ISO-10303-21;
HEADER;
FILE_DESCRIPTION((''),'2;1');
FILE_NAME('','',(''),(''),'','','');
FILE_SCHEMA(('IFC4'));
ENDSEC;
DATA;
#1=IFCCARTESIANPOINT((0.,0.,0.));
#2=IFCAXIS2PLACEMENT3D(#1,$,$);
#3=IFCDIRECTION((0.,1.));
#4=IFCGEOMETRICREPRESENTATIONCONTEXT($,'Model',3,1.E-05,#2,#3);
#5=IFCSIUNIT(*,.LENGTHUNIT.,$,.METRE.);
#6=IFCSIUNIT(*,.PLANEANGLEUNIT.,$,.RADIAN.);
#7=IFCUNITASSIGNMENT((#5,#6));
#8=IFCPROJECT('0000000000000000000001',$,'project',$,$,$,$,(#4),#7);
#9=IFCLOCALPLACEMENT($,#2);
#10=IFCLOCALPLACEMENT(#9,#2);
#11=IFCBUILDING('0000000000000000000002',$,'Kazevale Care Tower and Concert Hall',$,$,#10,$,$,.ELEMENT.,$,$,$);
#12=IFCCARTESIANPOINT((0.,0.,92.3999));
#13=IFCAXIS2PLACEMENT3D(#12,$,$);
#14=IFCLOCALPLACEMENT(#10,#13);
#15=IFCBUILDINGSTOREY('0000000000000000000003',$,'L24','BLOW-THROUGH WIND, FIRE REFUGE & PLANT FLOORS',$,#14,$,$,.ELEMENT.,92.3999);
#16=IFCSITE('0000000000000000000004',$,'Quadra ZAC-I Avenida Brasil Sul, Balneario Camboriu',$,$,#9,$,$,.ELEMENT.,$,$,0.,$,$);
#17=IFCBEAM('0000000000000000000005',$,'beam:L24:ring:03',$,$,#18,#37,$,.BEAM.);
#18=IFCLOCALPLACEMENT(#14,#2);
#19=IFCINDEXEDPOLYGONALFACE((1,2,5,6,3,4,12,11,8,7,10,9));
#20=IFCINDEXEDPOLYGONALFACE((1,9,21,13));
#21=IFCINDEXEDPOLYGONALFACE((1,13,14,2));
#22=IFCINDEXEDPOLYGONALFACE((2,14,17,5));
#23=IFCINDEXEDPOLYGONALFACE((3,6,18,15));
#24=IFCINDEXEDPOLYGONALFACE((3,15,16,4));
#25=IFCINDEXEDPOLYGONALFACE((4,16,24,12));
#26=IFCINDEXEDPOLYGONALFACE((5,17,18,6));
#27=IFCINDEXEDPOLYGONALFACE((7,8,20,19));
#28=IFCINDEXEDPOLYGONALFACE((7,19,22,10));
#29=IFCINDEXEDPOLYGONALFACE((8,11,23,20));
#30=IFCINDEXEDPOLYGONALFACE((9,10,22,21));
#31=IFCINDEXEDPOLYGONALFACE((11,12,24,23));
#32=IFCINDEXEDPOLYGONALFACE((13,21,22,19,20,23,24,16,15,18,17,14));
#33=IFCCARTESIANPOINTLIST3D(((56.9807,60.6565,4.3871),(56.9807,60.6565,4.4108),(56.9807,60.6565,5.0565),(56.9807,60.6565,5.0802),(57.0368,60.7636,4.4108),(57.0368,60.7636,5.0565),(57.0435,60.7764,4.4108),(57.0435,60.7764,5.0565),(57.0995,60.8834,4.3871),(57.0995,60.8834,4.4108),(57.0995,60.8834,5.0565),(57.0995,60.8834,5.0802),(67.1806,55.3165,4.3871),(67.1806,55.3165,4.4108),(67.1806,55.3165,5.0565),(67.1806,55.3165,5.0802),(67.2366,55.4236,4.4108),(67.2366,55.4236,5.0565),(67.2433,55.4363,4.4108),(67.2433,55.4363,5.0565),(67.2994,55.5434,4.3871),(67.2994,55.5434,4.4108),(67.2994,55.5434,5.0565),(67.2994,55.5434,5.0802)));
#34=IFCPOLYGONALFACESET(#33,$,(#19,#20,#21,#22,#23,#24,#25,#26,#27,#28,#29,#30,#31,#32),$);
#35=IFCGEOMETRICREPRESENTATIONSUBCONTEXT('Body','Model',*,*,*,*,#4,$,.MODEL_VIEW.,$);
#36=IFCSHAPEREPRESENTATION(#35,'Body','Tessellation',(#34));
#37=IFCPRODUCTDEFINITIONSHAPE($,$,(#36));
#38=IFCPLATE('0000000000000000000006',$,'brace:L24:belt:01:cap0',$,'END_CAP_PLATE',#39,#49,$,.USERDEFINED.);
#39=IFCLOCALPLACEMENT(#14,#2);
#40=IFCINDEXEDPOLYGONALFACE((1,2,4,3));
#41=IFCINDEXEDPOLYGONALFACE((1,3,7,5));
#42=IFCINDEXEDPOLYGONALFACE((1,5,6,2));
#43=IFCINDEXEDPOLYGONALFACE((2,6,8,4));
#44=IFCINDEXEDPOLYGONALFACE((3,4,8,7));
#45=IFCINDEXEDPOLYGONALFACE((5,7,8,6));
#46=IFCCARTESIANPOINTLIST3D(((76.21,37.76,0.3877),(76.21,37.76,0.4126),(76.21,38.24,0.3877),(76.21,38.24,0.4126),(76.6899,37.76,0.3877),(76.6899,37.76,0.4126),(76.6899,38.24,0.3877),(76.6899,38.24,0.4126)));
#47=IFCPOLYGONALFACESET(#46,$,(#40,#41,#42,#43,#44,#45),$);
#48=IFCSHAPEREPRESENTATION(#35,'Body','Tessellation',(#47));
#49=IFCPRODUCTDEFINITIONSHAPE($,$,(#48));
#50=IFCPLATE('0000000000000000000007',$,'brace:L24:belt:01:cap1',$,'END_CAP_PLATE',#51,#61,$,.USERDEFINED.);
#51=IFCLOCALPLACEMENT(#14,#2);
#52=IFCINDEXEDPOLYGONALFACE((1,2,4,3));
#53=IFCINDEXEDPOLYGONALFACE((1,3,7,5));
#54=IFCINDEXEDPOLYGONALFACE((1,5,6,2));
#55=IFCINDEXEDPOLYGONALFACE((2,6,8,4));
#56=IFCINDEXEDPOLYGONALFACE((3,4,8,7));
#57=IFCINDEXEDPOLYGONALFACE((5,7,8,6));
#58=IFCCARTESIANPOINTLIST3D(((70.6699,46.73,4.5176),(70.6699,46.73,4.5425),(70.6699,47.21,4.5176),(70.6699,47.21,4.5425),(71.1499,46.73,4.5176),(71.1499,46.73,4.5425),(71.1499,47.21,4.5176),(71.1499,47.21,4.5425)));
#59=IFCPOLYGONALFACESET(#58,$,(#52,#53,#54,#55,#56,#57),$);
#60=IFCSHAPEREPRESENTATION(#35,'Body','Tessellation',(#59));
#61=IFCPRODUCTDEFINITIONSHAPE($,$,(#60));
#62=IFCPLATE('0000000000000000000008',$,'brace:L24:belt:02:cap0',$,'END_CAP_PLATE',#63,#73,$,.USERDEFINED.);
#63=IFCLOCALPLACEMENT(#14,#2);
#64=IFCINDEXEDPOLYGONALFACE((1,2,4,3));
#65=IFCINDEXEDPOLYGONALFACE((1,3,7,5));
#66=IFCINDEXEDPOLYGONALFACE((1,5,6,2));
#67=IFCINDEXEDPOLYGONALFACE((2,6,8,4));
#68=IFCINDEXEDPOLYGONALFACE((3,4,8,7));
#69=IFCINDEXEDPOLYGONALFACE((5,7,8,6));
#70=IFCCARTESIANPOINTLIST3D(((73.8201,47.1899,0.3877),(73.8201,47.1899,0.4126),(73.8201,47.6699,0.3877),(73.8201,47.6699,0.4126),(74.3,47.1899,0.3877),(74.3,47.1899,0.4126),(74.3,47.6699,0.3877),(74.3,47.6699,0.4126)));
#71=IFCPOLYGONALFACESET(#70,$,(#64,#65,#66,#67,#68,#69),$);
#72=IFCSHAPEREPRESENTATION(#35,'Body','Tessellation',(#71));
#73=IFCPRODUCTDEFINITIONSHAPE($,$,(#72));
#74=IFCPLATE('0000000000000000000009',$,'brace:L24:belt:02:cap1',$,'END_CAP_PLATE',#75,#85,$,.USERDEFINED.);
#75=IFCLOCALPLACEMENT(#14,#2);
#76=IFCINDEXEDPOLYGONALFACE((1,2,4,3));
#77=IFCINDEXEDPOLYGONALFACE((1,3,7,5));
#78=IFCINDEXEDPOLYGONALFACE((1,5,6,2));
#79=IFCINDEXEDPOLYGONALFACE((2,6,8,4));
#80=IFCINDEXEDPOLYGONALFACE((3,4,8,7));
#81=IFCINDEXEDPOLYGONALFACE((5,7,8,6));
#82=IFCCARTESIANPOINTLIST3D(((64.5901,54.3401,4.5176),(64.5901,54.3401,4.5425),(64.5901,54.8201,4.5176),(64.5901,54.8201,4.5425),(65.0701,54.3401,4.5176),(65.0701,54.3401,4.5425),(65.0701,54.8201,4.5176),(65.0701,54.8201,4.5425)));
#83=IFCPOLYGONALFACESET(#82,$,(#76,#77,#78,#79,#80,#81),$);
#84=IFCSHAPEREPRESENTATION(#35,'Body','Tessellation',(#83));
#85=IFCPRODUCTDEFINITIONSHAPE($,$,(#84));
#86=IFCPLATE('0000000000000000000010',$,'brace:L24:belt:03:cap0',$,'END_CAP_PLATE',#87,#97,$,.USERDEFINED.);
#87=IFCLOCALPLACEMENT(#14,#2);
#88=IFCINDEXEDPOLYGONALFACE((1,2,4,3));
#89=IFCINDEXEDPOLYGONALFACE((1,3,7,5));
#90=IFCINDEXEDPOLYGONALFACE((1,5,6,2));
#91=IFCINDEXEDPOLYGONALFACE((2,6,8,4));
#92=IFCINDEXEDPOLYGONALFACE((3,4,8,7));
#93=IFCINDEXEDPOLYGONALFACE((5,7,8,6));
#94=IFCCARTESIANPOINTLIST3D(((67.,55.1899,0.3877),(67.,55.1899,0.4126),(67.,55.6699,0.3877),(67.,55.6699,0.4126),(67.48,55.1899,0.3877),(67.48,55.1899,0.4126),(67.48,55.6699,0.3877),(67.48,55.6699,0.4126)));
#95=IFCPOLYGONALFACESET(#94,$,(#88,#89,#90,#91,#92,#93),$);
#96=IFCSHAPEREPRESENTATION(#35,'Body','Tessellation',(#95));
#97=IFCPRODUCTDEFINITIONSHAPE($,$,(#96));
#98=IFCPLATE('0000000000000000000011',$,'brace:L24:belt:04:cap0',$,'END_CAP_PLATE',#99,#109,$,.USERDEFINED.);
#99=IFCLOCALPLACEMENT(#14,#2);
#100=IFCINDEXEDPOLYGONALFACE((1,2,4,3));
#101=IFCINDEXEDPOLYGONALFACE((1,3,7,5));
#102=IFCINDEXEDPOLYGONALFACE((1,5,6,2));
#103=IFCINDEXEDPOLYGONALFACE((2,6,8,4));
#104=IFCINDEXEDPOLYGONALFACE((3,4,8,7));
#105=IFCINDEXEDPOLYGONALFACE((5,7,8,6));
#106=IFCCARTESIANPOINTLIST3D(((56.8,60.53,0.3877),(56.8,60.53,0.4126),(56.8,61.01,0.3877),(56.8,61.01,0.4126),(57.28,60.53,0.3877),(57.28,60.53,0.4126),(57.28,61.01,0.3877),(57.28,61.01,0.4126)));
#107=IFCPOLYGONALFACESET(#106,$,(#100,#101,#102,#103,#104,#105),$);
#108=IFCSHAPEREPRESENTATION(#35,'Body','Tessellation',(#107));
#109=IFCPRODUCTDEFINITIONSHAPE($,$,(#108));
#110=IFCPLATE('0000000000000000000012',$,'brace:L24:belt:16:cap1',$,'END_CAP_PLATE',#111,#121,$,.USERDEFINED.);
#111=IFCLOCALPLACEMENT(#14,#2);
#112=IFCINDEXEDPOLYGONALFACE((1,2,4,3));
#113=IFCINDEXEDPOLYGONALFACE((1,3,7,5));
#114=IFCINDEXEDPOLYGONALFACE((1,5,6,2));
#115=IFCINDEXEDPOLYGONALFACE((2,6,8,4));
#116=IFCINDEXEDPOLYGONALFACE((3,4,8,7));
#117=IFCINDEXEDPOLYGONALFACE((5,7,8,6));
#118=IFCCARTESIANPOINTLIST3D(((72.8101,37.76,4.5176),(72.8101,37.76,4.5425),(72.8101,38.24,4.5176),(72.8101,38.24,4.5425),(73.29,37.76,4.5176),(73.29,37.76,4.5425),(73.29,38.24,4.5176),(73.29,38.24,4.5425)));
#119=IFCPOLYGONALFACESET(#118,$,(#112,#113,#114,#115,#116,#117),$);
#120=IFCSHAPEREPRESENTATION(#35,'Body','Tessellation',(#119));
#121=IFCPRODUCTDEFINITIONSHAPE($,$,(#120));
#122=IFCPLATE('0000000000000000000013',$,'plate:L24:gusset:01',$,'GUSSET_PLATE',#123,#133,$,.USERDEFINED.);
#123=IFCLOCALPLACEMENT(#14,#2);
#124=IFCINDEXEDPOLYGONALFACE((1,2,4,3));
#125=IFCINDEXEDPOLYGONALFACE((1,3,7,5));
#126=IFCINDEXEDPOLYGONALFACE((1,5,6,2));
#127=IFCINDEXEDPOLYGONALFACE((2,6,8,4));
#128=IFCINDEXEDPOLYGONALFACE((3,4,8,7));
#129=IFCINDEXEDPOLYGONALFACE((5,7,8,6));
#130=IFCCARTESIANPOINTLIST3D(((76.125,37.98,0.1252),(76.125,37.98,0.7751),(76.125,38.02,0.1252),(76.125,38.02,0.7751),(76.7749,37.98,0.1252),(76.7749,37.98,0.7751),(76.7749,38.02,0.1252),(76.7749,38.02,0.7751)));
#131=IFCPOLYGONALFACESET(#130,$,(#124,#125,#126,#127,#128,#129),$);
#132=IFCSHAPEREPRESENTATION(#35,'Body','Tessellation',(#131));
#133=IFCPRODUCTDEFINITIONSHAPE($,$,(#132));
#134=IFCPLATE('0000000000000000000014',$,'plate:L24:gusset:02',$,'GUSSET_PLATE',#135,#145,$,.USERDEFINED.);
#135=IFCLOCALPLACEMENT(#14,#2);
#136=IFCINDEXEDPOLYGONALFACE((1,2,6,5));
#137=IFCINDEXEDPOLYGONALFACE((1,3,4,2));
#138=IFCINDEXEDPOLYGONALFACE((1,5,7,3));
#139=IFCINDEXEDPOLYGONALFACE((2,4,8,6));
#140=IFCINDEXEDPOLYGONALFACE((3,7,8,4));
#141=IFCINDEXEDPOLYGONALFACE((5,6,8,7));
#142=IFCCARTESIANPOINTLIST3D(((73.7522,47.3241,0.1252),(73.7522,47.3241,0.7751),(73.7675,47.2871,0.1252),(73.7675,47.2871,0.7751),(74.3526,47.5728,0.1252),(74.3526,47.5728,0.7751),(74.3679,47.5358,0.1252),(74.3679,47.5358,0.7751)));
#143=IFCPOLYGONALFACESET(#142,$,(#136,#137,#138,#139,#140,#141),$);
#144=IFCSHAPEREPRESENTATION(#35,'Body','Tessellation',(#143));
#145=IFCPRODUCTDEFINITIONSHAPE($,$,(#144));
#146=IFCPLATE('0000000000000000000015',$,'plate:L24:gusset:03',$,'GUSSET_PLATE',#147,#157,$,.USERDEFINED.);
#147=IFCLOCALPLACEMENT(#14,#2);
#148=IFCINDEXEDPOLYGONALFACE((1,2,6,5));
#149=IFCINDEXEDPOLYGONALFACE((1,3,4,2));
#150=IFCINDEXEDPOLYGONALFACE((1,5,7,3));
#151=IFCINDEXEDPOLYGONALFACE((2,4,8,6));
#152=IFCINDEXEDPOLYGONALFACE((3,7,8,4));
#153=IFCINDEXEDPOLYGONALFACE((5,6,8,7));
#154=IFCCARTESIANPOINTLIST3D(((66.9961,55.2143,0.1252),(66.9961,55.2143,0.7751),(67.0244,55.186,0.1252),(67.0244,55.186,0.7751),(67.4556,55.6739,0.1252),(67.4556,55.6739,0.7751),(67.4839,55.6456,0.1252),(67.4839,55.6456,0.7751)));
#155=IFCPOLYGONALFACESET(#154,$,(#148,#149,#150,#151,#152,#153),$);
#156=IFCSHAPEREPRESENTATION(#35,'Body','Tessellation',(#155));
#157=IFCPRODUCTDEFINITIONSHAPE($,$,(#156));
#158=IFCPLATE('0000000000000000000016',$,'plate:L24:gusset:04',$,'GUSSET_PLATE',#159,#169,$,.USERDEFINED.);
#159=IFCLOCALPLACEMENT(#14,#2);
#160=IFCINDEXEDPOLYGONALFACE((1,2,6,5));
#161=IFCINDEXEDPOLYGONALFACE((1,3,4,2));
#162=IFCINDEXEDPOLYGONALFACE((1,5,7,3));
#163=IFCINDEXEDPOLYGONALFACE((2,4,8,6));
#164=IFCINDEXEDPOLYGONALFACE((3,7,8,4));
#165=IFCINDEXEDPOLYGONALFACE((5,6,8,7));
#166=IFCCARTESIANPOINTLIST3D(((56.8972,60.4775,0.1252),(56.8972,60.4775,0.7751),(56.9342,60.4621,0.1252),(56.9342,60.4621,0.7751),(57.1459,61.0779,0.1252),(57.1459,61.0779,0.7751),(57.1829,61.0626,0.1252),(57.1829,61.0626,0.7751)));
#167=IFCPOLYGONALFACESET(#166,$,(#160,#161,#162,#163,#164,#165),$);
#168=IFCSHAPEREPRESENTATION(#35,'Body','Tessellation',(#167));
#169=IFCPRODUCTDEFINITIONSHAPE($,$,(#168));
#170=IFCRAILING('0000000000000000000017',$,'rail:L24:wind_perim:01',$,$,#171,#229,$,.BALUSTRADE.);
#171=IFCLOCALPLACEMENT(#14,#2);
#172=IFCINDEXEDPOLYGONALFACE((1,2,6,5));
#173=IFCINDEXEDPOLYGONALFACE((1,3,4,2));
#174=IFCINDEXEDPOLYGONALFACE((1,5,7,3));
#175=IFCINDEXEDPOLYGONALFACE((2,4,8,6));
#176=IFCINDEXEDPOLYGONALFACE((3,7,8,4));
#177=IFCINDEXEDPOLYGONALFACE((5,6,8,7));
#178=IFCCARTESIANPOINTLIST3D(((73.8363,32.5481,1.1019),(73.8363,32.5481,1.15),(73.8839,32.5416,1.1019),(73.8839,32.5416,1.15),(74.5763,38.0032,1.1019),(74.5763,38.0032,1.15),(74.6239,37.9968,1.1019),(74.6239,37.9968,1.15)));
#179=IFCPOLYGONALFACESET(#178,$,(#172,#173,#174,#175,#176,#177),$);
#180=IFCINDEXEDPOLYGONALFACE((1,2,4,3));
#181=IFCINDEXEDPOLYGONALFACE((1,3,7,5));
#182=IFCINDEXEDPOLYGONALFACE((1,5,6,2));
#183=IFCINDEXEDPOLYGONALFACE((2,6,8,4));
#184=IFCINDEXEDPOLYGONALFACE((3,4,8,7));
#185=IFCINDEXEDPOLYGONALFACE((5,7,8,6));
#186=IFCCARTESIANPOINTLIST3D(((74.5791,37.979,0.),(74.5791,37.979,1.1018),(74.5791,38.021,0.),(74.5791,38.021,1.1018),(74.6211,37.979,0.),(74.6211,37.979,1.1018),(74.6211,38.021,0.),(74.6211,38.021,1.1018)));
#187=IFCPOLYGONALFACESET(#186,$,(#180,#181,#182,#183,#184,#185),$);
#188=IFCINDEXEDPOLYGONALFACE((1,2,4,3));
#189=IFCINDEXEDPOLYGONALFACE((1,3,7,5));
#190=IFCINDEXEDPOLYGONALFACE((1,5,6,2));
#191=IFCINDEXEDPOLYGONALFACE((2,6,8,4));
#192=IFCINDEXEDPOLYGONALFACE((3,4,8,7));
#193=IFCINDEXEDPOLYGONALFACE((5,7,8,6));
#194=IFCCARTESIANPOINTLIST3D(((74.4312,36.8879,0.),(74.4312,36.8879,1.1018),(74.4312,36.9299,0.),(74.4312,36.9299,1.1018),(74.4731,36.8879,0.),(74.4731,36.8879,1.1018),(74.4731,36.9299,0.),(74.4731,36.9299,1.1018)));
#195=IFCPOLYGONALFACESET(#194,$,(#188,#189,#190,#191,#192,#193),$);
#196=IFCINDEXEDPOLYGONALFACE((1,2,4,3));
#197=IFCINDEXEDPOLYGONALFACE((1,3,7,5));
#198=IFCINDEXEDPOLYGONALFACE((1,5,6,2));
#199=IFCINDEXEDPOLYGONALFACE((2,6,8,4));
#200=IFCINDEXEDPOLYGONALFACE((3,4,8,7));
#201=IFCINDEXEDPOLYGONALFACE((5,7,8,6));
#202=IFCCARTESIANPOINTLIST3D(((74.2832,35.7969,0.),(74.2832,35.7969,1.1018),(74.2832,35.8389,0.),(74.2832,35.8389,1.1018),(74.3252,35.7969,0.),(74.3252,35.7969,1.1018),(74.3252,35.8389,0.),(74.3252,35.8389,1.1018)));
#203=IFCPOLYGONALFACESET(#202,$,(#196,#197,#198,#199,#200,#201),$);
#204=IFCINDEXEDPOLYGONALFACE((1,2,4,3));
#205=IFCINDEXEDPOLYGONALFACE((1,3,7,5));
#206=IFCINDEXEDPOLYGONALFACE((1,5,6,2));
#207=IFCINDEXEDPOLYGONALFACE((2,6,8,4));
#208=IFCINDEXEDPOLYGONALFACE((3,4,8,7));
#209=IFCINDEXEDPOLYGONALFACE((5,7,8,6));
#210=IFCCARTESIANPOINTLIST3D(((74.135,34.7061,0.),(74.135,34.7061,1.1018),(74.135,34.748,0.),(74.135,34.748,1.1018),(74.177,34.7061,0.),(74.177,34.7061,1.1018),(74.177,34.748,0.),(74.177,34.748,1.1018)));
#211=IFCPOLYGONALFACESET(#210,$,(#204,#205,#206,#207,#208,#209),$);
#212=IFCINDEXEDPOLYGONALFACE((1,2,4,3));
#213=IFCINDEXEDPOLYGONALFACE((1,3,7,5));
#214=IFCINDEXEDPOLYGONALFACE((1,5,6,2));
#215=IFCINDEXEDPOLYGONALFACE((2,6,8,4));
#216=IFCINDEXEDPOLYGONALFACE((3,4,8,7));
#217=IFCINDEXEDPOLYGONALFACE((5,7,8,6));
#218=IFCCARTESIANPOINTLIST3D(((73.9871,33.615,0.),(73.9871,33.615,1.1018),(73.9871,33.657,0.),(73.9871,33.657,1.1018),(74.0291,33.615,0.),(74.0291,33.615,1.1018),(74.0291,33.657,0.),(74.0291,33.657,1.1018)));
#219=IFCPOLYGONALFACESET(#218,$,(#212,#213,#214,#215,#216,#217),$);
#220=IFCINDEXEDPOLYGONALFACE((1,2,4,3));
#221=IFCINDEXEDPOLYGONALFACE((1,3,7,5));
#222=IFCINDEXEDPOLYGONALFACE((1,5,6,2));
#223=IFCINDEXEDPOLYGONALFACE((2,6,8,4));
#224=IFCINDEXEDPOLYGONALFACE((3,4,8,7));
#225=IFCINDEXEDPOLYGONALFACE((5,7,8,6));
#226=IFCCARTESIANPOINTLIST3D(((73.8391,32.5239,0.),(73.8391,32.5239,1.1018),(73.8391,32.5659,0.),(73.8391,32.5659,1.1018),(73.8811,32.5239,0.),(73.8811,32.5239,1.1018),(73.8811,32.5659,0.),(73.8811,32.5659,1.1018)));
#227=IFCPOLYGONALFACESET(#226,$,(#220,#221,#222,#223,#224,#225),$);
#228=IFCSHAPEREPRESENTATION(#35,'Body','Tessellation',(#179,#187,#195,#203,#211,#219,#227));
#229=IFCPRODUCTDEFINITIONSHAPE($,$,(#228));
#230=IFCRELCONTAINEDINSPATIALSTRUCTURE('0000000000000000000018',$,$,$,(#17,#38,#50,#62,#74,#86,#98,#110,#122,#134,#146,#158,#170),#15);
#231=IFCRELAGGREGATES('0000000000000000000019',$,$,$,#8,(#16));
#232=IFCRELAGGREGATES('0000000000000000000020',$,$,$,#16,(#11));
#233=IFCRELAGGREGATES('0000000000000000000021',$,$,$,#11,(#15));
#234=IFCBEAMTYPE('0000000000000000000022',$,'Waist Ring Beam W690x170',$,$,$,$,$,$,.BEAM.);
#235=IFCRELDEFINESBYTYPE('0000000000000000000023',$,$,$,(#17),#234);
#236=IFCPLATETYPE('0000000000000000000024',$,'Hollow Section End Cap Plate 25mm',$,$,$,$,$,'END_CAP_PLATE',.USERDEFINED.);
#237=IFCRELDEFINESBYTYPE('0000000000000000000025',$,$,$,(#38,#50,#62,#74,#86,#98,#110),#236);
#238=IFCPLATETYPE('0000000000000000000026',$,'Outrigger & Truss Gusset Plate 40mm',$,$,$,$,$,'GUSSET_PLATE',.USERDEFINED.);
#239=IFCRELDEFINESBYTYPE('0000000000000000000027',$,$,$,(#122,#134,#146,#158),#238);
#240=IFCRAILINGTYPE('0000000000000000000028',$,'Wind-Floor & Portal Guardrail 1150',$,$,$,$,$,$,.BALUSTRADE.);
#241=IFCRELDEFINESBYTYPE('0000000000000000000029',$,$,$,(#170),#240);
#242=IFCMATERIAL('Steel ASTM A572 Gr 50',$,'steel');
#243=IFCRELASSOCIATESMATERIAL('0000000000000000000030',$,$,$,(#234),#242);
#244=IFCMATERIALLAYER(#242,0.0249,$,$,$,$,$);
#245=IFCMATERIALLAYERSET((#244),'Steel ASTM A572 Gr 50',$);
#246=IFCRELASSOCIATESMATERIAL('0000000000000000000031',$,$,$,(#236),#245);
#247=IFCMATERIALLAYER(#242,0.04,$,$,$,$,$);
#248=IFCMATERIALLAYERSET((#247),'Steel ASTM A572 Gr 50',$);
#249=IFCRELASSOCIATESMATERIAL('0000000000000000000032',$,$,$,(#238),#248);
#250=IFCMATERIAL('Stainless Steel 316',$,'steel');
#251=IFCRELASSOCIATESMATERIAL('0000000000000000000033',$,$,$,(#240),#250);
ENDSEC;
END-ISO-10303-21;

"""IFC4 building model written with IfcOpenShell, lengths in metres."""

from ifc_helpers import new_model, si_unit, direction, frame, origin, origin_2d, place, context, subcontext, project, spatial, rectangle, i_section, extrude, material, layer, layer_set, material_profile, profile_set, type_object, element, save


model = new_model("IFC4")

# Units and contexts
model_context = context("Model", 3, precision=1e-05, world=origin(), true_north=direction((0.0, 1.0)))
body_context = subcontext(model_context, "Body", "Model", "MODEL_VIEW")
ifc_project = project(units=[si_unit("LENGTHUNIT", "METRE"), si_unit("PLANEANGLEUNIT", "RADIAN")], contexts=[model_context])

# Site, building, storey
site_placement = place(None, origin())
site = spatial("IfcSite", under=ifc_project, at=site_placement, Name="Quadra ZAC-I Avenida Brasil Sul, Balneario Camboriu", CompositionType="ELEMENT", RefElevation=0.0)
building_placement = place(site_placement, origin())
building = spatial("IfcBuilding", under=site, at=building_placement, Name="Kazevale Care Tower and Concert Hall", CompositionType="ELEMENT")
storey_placement = place(building_placement, frame((0.0, 0.0, 92.3999)))
storey = spatial("IfcBuildingStorey", under=building, at=storey_placement, Name="L24", Description="BLOW-THROUGH WIND, FIRE REFUGE & PLANT FLOORS", CompositionType="ELEMENT", Elevation=92.3999)

# Shared definitions
ifc_material_1 = material(Name="Steel ASTM A572 Gr 50", Category="steel")

# Beam
ifc_material_profile_1 = material_profile(ifc_material_1, i_section(OverallWidth=0.2561, OverallDepth=0.6931, WebThickness=0.0144, FlangeThickness=0.0237, at=origin_2d()), Name="W690x170")
ifc_profile_set_1 = profile_set([ifc_material_profile_1], Name="Steel ASTM A572 Gr 50")
beam_type_1 = type_object("IfcBeamType", Name="Waist Ring Beam W690x170", PredefinedType="BEAM", material=ifc_profile_set_1)
beam_1_placement = place(storey_placement, frame((67.24, 55.4299, 4.7336), z_axis=(-0.885929, 0.46382, 0.0), x_axis=(-0.46382, -0.885929, 0.0)))
element("IfcBeam", 1, at=beam_1_placement, inside=storey, type_object=beam_type_1, Name="beam:L24:ring:03", PredefinedType="BEAM", context=body_context, shape_type="SweptSolid", body=[
    extrude(i_section(OverallWidth=0.2561, OverallDepth=0.6931, WebThickness=0.0144, FlangeThickness=0.0237, at=origin_2d()), origin(), (0.0, 0.0, 1.0), 11.5132),
])

# Plates
ifc_layer_1 = layer(ifc_material_1, 0.0249)
ifc_layer_set_1 = layer_set([ifc_layer_1], Name="Steel ASTM A572 Gr 50")
plate_type_1 = type_object("IfcPlateType", Name="Hollow Section End Cap Plate 25mm", ElementType="END_CAP_PLATE", PredefinedType="USERDEFINED", material=ifc_layer_set_1)
for number, where, z_axis, x_axis, name in (
    (2, (76.45, 38.0, 0.3877), (0.0, 0.0, 1.0), (1.0, 0.0, 0.0), "brace:L24:belt:01:cap0"),
    (3, (70.9099, 46.97, 4.5176), (0.0, 0.0, 1.0), (1.0, 0.0, 0.0), "brace:L24:belt:01:cap1"),
    (4, (74.0601, 47.4299, 0.3877), (0.0, 0.0, 1.0), (1.0, 0.0, 0.0), "brace:L24:belt:02:cap0"),
    (5, (64.8301, 54.5801, 4.5176), (0.0, 0.0, 1.0), (1.0, 0.0, 0.0), "brace:L24:belt:02:cap1"),
    (6, (67.24, 55.4299, 0.3877), (0.0, 0.0, 1.0), (1.0, 0.0, 0.0), "brace:L24:belt:03:cap0"),
    (7, (57.04, 60.77, 0.3877), (0.0, 0.0, 1.0), (1.0, 0.0, 0.0), "brace:L24:belt:04:cap0"),
    (8, (73.05, 38.0, 4.5176), (0.0, 0.0, 1.0), (1.0, 0.0, 0.0), "brace:L24:belt:16:cap1"),
):
    element("IfcPlate", number, at=place(storey_placement, frame(where, z_axis=z_axis, x_axis=x_axis)), inside=storey, type_object=plate_type_1, Name=name, ObjectType="END_CAP_PLATE", PredefinedType="USERDEFINED", context=body_context, shape_type="SweptSolid", body=[
        extrude(rectangle(XDim=0.48, YDim=0.48, at=origin_2d()), origin(), (0.0, 0.0, 1.0), 0.0249),
    ])
ifc_layer_2 = layer(ifc_material_1, 0.04)
ifc_layer_set_2 = layer_set([ifc_layer_2], Name="Steel ASTM A572 Gr 50")
plate_type_2 = type_object("IfcPlateType", Name="Outrigger & Truss Gusset Plate 40mm", ElementType="GUSSET_PLATE", PredefinedType="USERDEFINED", material=ifc_layer_set_2)
for number, where, z_axis, x_axis, name in (
    (9, (76.45, 38.0, 0.1252), (0.0, 0.0, 1.0), (1.0, 0.0, 0.0), "plate:L24:gusset:01"),
    (10, (74.0601, 47.4299, 0.1252), (0.0, 0.0, 1.0), (0.92388, 0.382683, 0.0), "plate:L24:gusset:02"),
    (11, (67.24, 55.4299, 0.1252), (0.0, 0.0, 1.0), (0.707107, 0.707107, 0.0), "plate:L24:gusset:03"),
    (12, (57.04, 60.77, 0.1252), (0.0, 0.0, 1.0), (0.382683, 0.92388, 0.0), "plate:L24:gusset:04"),
):
    element("IfcPlate", number, at=place(storey_placement, frame(where, z_axis=z_axis, x_axis=x_axis)), inside=storey, type_object=plate_type_2, Name=name, ObjectType="GUSSET_PLATE", PredefinedType="USERDEFINED", context=body_context, shape_type="SweptSolid", body=[
        extrude(rectangle(XDim=0.6499, YDim=0.04, at=origin_2d()), origin(), (0.0, 0.0, 1.0), 0.6499),
    ])

# Railing
ifc_material_2 = material(Name="Stainless Steel 316", Category="steel")
railing_type = type_object("IfcRailingType", Name="Wind-Floor & Portal Guardrail 1150", PredefinedType="BALUSTRADE", material=ifc_material_2)
railing_1_placement = place(storey_placement, frame((74.6001, 38.0, 0.0)))
element("IfcRailing", 13, at=railing_1_placement, inside=storey, type_object=railing_type, Name="rail:L24:wind_perim:01", PredefinedType="BALUSTRADE", context=body_context, shape_type="SweptSolid", body=[
    extrude(rectangle(XDim=0.0481, YDim=0.0481, at=origin_2d()), frame((0.0, 0.0, 1.126), z_axis=(-0.134421, -0.990924, 0.0), x_axis=(0.990924, -0.134421, 0.0)), (0.0, 0.0, 1.0), 5.5051),
    extrude(rectangle(XDim=0.042, YDim=0.042, at=origin_2d()), origin(), (0.0, 0.0, 1.0), 1.1018),
    extrude(rectangle(XDim=0.042, YDim=0.042, at=origin_2d()), frame((-0.1479, -1.0911, 0.0)), (0.0, 0.0, 1.0), 1.1018),
    extrude(rectangle(XDim=0.042, YDim=0.042, at=origin_2d()), frame((-0.2959, -2.1821, 0.0)), (0.0, 0.0, 1.0), 1.1018),
    extrude(rectangle(XDim=0.042, YDim=0.042, at=origin_2d()), frame((-0.4441, -3.2729, 0.0)), (0.0, 0.0, 1.0), 1.1018),
    extrude(rectangle(XDim=0.042, YDim=0.042, at=origin_2d()), frame((-0.592, -4.364, 0.0)), (0.0, 0.0, 1.0), 1.1018),
    extrude(rectangle(XDim=0.042, YDim=0.042, at=origin_2d()), frame((-0.74, -5.4551, 0.0)), (0.0, 0.0, 1.0), 1.1018),
])

save(model, "model.ifc")
